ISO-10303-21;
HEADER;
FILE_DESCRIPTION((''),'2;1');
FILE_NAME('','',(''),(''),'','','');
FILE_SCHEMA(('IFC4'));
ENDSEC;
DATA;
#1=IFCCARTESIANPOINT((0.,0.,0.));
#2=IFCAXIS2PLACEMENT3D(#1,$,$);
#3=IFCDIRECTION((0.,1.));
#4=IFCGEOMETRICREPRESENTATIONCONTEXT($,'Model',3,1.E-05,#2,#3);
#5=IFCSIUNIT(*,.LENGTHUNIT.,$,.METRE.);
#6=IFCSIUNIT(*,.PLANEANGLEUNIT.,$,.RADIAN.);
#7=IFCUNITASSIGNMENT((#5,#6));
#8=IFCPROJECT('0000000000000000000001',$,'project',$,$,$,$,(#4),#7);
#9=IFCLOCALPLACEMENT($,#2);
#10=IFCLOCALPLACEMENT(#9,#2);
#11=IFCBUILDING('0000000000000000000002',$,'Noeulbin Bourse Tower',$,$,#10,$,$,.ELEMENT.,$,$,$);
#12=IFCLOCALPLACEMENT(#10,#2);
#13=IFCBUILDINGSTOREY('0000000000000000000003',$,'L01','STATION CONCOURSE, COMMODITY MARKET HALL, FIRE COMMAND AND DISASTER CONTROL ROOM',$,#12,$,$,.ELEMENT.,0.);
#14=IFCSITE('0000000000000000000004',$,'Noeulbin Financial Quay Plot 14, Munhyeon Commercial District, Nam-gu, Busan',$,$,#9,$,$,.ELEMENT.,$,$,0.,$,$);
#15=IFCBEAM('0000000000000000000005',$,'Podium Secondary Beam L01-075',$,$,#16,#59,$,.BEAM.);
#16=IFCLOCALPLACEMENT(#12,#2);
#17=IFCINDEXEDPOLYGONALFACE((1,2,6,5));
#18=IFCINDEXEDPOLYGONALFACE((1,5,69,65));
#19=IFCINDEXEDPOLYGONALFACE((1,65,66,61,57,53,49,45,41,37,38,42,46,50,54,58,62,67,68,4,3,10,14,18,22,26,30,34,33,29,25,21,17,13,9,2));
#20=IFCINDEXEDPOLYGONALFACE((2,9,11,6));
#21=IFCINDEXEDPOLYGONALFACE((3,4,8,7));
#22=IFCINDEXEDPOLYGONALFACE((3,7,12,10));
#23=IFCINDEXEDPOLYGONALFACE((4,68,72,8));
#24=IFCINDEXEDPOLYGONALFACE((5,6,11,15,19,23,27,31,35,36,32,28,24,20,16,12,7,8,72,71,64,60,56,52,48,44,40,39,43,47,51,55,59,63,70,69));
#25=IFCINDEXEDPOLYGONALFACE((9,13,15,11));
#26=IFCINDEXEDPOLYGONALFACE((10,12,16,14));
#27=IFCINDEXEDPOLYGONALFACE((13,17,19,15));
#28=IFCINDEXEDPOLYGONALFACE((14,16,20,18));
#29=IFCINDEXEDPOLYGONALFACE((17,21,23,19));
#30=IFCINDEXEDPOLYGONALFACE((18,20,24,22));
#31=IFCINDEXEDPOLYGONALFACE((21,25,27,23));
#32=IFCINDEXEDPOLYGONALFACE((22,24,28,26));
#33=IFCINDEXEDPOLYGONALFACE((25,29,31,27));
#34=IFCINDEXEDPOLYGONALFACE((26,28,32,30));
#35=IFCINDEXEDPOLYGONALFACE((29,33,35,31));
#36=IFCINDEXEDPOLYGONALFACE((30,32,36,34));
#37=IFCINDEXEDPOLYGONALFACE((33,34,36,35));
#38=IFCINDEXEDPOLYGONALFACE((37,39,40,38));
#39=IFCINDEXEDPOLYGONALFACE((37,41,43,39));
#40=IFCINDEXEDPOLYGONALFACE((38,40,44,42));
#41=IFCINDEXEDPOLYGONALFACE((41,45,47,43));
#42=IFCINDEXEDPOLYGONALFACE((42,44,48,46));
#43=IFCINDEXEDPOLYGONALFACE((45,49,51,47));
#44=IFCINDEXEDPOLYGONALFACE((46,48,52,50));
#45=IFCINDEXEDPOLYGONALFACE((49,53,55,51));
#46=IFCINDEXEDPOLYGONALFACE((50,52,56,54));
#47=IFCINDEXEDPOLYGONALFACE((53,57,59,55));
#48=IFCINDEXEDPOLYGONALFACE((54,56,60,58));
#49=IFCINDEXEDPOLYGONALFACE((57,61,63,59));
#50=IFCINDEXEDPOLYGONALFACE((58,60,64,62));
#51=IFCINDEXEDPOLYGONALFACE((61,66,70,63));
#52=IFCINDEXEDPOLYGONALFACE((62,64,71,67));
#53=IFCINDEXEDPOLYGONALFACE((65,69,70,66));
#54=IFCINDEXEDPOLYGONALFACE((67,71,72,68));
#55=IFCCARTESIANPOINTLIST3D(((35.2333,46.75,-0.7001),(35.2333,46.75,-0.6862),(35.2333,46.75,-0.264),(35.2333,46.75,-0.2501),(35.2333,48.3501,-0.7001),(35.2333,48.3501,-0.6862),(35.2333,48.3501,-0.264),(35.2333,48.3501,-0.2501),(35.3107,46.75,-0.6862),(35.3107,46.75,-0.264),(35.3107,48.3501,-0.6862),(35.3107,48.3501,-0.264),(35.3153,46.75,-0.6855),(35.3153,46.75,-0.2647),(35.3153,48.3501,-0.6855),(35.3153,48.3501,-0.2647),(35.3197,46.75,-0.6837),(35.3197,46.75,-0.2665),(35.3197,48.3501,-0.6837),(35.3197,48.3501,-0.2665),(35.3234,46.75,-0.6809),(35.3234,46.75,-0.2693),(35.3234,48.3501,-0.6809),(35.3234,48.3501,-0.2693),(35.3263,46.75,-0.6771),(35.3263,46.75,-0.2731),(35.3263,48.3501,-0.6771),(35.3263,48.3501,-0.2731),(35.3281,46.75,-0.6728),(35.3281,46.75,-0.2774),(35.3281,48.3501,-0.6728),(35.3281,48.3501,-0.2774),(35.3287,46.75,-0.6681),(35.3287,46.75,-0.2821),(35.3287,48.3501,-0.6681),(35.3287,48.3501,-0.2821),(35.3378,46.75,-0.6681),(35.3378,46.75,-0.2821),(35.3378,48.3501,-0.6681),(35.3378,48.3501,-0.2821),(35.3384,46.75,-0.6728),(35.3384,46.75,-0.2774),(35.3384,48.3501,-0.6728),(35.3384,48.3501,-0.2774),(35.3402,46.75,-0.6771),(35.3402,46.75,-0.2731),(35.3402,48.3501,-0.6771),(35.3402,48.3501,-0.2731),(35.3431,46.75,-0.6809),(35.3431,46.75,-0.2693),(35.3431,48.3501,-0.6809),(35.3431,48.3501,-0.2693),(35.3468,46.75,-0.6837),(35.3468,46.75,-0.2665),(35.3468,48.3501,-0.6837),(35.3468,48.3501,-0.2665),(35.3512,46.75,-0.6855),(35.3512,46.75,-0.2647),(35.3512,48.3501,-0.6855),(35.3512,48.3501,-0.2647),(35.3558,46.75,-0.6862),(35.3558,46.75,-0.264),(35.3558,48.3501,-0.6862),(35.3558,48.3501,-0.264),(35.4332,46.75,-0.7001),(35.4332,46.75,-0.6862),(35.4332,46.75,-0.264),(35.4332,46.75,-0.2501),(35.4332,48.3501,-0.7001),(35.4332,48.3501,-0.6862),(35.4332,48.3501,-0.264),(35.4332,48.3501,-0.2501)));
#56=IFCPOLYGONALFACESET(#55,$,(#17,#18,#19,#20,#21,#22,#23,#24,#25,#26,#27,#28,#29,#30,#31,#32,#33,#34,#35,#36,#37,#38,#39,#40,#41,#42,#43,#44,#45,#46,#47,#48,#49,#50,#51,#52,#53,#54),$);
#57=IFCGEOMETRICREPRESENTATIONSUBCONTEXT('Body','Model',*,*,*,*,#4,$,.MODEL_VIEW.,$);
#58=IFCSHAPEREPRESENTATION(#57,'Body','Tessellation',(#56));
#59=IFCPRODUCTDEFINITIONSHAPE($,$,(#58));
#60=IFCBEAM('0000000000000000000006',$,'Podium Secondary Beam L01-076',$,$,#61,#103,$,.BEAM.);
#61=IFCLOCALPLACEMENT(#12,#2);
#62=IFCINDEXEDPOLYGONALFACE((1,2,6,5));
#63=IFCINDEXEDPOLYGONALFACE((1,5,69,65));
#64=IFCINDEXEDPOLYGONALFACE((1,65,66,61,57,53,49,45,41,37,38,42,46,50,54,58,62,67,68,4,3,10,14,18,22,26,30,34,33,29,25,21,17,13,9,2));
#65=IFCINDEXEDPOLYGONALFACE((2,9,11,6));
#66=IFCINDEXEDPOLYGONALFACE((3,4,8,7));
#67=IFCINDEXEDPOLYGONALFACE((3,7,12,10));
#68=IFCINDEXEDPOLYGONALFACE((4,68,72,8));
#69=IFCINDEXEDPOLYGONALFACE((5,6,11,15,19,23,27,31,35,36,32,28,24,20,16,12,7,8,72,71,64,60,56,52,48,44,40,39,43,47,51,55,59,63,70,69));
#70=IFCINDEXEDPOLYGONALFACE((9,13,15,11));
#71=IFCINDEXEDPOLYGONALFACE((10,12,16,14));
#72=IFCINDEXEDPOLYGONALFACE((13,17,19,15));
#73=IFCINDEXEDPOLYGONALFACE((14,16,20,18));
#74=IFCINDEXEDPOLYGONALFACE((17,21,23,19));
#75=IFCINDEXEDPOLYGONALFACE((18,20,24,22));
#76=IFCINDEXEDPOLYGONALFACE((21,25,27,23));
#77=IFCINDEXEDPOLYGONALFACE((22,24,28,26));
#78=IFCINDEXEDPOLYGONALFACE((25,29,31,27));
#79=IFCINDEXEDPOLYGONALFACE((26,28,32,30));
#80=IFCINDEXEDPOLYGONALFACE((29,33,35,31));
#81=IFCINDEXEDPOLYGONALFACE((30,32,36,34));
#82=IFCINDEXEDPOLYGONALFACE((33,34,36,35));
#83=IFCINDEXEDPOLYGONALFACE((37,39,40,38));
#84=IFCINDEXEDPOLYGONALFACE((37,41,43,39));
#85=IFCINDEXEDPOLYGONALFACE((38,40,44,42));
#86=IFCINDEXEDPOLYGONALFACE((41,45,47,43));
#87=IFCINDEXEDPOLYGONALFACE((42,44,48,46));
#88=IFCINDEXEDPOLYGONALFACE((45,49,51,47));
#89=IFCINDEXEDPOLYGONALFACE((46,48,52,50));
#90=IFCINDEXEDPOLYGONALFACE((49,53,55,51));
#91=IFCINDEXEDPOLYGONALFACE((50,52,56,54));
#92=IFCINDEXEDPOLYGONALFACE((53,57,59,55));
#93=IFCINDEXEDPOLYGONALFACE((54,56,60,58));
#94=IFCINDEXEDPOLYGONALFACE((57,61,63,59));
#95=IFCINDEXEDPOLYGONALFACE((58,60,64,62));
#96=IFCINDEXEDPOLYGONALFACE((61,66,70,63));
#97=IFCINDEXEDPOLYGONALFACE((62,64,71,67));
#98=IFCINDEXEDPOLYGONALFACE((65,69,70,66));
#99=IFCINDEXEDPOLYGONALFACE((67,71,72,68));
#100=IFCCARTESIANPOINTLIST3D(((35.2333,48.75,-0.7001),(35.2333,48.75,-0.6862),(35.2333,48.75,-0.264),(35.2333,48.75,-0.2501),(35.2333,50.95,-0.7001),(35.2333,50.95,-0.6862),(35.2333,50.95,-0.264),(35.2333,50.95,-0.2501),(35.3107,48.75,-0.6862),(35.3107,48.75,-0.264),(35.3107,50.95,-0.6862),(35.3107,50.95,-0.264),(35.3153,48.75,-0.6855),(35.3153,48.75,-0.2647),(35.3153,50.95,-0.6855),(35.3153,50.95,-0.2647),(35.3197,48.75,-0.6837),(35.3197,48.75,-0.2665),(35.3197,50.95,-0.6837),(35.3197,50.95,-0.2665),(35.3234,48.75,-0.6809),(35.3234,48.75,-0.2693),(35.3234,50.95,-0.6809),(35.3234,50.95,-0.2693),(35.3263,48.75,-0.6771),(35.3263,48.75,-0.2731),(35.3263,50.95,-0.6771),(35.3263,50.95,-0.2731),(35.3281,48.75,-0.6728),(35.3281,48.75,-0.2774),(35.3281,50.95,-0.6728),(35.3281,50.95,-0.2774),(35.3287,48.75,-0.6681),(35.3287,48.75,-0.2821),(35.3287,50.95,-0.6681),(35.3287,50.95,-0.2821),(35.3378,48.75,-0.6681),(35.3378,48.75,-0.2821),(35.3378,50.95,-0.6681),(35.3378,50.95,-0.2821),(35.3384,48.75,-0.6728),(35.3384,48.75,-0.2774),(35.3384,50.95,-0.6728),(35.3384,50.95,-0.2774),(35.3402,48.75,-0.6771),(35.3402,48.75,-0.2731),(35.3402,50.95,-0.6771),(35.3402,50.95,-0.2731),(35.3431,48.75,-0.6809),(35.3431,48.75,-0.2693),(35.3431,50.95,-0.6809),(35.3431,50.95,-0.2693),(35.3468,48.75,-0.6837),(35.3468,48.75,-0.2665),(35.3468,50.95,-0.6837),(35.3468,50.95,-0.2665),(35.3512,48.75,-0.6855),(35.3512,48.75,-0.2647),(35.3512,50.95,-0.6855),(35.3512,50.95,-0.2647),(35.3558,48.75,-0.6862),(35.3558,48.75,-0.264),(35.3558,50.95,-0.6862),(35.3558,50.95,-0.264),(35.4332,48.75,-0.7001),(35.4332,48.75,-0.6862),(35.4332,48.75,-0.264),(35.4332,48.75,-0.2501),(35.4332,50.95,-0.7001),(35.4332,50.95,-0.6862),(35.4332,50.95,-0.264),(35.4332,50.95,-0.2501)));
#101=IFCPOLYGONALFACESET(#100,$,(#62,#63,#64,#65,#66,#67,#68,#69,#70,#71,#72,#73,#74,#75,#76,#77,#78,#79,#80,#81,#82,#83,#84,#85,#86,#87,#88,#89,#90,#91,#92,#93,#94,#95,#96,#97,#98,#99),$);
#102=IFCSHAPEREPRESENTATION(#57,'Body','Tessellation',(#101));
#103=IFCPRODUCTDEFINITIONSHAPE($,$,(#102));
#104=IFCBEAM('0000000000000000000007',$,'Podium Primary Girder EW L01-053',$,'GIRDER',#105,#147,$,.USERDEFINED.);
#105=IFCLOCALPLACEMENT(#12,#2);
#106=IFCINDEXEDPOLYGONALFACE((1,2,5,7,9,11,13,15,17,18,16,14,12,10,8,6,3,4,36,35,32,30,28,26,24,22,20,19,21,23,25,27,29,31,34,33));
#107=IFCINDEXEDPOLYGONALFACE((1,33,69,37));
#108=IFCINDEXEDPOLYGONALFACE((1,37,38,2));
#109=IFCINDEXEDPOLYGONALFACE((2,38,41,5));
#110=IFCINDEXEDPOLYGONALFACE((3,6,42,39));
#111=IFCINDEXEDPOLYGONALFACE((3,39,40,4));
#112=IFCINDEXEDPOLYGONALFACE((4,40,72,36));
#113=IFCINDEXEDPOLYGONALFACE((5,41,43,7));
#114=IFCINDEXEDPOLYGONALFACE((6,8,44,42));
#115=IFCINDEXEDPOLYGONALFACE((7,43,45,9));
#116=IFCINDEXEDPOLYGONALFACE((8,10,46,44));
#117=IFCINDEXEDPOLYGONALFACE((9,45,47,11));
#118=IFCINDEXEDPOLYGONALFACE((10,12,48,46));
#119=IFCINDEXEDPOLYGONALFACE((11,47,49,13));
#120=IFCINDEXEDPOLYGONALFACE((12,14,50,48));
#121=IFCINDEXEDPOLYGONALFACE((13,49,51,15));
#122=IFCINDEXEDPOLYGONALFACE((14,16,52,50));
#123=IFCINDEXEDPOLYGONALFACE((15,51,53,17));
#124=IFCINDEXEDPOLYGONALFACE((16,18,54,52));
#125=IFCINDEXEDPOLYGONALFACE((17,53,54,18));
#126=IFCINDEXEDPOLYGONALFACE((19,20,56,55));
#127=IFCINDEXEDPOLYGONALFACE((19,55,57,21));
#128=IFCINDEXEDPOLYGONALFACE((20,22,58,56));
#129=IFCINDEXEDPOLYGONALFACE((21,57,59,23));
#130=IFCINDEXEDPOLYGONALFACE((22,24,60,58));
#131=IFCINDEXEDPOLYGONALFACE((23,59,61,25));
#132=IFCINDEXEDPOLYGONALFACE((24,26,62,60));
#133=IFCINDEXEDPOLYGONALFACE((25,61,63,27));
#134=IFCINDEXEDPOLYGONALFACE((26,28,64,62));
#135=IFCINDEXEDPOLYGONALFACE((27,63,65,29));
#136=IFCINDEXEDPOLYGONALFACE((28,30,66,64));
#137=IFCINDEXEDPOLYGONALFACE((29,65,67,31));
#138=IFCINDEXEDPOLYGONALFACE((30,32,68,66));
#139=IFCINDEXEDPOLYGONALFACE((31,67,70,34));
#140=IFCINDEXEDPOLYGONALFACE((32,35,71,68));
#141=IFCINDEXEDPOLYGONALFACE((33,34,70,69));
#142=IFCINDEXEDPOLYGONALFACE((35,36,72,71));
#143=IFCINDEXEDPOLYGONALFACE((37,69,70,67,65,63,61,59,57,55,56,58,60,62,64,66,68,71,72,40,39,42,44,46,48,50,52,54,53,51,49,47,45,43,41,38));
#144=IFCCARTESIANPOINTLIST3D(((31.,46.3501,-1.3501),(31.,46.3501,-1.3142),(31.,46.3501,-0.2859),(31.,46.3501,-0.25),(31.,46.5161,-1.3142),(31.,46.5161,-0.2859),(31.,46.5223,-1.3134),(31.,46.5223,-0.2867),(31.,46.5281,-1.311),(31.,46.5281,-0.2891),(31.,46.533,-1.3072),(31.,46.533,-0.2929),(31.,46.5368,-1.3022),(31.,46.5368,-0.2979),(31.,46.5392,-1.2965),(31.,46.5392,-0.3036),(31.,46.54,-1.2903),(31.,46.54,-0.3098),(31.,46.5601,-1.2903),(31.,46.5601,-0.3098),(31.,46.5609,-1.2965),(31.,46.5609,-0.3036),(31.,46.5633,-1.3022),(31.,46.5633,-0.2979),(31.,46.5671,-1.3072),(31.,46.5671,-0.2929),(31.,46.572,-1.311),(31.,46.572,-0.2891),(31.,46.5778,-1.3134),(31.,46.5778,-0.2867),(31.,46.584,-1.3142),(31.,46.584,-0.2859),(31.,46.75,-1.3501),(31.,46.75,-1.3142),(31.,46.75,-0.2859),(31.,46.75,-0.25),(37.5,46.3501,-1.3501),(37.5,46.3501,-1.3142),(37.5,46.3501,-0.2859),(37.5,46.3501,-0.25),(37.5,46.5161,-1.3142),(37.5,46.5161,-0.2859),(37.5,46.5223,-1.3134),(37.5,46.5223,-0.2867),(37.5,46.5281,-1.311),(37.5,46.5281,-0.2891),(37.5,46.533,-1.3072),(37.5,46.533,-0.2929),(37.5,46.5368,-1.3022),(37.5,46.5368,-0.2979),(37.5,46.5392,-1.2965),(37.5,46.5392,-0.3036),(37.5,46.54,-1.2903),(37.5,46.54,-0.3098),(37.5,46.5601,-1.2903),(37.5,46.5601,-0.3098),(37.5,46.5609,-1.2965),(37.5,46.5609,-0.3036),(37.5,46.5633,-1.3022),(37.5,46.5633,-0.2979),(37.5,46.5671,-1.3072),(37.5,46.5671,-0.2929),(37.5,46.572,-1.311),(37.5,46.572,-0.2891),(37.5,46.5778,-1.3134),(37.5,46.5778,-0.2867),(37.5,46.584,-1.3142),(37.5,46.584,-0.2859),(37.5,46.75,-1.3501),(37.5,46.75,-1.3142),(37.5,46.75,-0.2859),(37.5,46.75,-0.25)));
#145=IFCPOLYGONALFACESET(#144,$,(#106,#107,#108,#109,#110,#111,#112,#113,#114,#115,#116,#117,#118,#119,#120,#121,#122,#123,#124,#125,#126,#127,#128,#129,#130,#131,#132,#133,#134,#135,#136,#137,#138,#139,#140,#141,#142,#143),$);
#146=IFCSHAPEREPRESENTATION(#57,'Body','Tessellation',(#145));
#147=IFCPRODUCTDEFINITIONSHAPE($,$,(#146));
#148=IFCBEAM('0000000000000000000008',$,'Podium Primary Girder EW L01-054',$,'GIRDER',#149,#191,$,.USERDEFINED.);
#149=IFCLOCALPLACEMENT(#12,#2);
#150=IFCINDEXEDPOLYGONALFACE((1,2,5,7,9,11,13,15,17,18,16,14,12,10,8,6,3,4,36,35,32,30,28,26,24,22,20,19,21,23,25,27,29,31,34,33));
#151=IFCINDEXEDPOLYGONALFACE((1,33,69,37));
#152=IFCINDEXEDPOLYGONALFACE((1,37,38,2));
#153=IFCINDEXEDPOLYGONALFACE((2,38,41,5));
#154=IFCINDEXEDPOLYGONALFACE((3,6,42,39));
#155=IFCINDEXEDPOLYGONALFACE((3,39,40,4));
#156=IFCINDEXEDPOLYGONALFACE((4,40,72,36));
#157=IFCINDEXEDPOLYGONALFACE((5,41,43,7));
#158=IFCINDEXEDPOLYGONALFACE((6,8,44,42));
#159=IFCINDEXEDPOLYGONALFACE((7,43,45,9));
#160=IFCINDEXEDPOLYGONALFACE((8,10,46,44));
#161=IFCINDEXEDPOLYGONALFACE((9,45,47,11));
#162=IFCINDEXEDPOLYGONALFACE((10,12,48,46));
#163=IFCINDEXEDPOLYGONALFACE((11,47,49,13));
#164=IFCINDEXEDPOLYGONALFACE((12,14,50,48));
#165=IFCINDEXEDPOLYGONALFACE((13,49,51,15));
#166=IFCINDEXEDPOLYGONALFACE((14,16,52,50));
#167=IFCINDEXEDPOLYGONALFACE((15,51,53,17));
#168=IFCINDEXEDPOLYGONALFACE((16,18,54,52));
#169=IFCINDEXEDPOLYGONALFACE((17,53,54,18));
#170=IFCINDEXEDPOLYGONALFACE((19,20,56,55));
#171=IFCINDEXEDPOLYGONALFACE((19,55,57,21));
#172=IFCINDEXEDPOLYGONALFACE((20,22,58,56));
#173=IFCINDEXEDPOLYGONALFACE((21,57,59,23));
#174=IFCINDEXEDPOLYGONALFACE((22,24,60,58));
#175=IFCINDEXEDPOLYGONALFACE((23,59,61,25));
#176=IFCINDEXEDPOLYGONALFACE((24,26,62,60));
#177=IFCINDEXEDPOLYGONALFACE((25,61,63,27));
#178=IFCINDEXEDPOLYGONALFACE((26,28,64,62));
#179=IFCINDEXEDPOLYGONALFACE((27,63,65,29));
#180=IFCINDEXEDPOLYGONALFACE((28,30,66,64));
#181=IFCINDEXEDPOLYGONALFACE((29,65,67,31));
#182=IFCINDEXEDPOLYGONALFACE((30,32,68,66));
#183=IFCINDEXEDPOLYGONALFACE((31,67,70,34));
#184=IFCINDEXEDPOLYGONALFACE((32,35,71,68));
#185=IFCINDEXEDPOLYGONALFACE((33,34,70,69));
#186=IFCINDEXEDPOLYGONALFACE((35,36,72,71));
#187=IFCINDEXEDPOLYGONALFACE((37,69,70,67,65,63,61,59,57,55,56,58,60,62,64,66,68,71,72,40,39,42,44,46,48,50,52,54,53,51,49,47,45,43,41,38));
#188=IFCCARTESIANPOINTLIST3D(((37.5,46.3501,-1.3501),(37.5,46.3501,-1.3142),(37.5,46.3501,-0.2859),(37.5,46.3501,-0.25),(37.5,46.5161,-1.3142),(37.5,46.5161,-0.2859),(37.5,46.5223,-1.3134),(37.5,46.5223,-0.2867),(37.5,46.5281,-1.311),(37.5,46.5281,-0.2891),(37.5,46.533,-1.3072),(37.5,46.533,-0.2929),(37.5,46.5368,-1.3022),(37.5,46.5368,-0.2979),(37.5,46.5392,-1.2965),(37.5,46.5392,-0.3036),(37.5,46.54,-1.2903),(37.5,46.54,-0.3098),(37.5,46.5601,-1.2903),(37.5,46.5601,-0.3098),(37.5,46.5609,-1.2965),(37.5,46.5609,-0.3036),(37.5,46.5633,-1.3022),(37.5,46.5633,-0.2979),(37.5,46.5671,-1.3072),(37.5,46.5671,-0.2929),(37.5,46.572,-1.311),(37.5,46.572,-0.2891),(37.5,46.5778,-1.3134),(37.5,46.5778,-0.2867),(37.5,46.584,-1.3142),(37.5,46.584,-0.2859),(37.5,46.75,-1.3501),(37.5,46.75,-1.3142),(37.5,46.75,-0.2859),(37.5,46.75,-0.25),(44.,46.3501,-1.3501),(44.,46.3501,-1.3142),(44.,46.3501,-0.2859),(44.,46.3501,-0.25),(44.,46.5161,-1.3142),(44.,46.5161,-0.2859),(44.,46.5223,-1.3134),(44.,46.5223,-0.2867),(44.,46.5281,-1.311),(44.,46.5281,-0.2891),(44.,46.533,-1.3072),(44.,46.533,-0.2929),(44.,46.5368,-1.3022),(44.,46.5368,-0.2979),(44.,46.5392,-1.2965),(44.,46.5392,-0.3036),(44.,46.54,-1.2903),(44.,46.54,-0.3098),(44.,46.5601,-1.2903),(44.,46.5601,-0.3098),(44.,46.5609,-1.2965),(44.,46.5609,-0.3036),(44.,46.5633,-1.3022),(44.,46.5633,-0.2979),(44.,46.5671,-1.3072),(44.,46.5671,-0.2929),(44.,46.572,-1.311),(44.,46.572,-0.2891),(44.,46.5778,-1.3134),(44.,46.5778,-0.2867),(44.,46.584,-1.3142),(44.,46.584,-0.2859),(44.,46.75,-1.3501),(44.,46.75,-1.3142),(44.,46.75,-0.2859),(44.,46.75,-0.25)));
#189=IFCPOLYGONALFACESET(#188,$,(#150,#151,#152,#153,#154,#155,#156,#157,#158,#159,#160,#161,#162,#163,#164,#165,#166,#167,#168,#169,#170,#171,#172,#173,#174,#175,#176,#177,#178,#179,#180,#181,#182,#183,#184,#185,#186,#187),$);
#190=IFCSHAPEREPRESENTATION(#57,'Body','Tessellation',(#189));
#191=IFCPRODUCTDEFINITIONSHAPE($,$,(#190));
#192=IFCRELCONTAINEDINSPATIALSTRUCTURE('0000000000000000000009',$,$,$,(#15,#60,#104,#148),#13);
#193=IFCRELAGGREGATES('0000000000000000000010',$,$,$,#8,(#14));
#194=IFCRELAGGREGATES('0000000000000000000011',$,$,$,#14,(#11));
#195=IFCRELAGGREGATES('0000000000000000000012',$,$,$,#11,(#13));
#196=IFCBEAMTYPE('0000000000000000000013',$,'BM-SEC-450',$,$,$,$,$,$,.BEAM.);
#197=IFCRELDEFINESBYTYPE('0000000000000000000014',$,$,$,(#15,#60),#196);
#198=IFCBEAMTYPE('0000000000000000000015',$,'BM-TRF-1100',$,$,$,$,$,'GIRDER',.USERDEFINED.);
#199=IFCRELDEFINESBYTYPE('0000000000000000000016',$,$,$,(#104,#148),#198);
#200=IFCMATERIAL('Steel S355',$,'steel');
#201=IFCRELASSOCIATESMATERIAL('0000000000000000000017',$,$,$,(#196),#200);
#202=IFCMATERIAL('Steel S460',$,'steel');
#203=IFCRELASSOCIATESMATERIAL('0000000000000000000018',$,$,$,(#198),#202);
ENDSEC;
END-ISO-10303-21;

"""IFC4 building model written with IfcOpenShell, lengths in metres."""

from ifc_helpers import new_model, si_unit, direction, frame, origin, origin_2d, place, context, subcontext, project, spatial, i_section, extrude, material, material_profile, profile_set, type_object, element, save


model = new_model("IFC4")

# Units and contexts
model_context = context("Model", 3, precision=1e-05, world=origin(), true_north=direction((0.0, 1.0)))
body_context = subcontext(model_context, "Body", "Model", "MODEL_VIEW")
ifc_project = project(units=[si_unit("LENGTHUNIT", "METRE"), si_unit("PLANEANGLEUNIT", "RADIAN")], contexts=[model_context])

# Site, building, storey
site_placement = place(None, origin())
site = spatial("IfcSite", under=ifc_project, at=site_placement, Name="Noeulbin Financial Quay Plot 14, Munhyeon Commercial District, Nam-gu, Busan", CompositionType="ELEMENT", RefElevation=0.0)
building_placement = place(site_placement, origin())
building = spatial("IfcBuilding", under=site, at=building_placement, Name="Noeulbin Bourse Tower", CompositionType="ELEMENT")
storey_placement = place(building_placement, origin())
storey = spatial("IfcBuildingStorey", under=building, at=storey_placement, Name="L01", Description="STATION CONCOURSE, COMMODITY MARKET HALL, FIRE COMMAND AND DISASTER CONTROL ROOM", CompositionType="ELEMENT", Elevation=0.0)

# Beams
ifc_material_1 = material(Name="Steel S355", Category="steel")
ifc_material_profile_1 = material_profile(ifc_material_1, i_section(OverallWidth=0.2, OverallDepth=0.45, WebThickness=0.009, FlangeThickness=0.0139, FilletRadius=0.0181, at=origin_2d()), Name="H-450x200x9x14", Category="LoadBearing")
ifc_profile_set_1 = profile_set([ifc_material_profile_1], Name="Steel S355")
beam_type_1 = type_object("IfcBeamType", Name="BM-SEC-450", PredefinedType="BEAM", material=ifc_profile_set_1)
beam_1_placement = place(storey_placement, frame((35.3333, 46.75, -0.4751), z_axis=(0.0, 1.0, 0.0), x_axis=(-1.0, 0.0, 0.0)))
element("IfcBeam", 1, at=beam_1_placement, inside=storey, type_object=beam_type_1, Name="Podium Secondary Beam L01-075", PredefinedType="BEAM", context=body_context, shape_type="SweptSolid", body=[
    extrude(i_section(OverallWidth=0.2, OverallDepth=0.45, WebThickness=0.009, FlangeThickness=0.0139, FilletRadius=0.0181, at=origin_2d()), origin(), (0.0, 0.0, 1.0), 1.6001),
])
beam_2_placement = place(storey_placement, frame((35.3333, 48.75, -0.4751), z_axis=(0.0, 1.0, 0.0), x_axis=(-1.0, 0.0, 0.0)))
element("IfcBeam", 2, at=beam_2_placement, inside=storey, type_object=beam_type_1, Name="Podium Secondary Beam L01-076", PredefinedType="BEAM", context=body_context, shape_type="SweptSolid", body=[
    extrude(i_section(OverallWidth=0.2, OverallDepth=0.45, WebThickness=0.009, FlangeThickness=0.0139, FilletRadius=0.0181, at=origin_2d()), origin(), (0.0, 0.0, 1.0), 2.2),
])
ifc_material_2 = material(Name="Steel S460", Category="steel")
ifc_material_profile_2 = material_profile(ifc_material_2, i_section(OverallWidth=0.3999, OverallDepth=1.1001, WebThickness=0.02, FlangeThickness=0.0359, FilletRadius=0.0239, at=origin_2d()), Name="PG-1100x400x20x36", Category="LoadBearing")
ifc_profile_set_2 = profile_set([ifc_material_profile_2], Name="Steel S460")
beam_type_2 = type_object("IfcBeamType", Name="BM-TRF-1100", ElementType="GIRDER", PredefinedType="USERDEFINED", material=ifc_profile_set_2)
for number, where, z_axis, x_axis, name in (
    (3, (31.0, 46.55, -0.8), (1.0, 0.0, 0.0), (0.0, 1.0, 0.0), "Podium Primary Girder EW L01-053"),
    (4, (37.5, 46.55, -0.8), (1.0, 0.0, 0.0), (0.0, 1.0, 0.0), "Podium Primary Girder EW L01-054"),
):
    element("IfcBeam", number, at=place(storey_placement, frame(where, z_axis=z_axis, x_axis=x_axis)), inside=storey, type_object=beam_type_2, Name=name, ObjectType="GIRDER", PredefinedType="USERDEFINED", context=body_context, shape_type="SweptSolid", body=[
        extrude(i_section(OverallWidth=0.3999, OverallDepth=1.1001, WebThickness=0.02, FlangeThickness=0.0359, FilletRadius=0.0239, at=origin_2d()), origin(), (0.0, 0.0, 1.0), 6.5),
    ])

save(model, "model.ifc")
